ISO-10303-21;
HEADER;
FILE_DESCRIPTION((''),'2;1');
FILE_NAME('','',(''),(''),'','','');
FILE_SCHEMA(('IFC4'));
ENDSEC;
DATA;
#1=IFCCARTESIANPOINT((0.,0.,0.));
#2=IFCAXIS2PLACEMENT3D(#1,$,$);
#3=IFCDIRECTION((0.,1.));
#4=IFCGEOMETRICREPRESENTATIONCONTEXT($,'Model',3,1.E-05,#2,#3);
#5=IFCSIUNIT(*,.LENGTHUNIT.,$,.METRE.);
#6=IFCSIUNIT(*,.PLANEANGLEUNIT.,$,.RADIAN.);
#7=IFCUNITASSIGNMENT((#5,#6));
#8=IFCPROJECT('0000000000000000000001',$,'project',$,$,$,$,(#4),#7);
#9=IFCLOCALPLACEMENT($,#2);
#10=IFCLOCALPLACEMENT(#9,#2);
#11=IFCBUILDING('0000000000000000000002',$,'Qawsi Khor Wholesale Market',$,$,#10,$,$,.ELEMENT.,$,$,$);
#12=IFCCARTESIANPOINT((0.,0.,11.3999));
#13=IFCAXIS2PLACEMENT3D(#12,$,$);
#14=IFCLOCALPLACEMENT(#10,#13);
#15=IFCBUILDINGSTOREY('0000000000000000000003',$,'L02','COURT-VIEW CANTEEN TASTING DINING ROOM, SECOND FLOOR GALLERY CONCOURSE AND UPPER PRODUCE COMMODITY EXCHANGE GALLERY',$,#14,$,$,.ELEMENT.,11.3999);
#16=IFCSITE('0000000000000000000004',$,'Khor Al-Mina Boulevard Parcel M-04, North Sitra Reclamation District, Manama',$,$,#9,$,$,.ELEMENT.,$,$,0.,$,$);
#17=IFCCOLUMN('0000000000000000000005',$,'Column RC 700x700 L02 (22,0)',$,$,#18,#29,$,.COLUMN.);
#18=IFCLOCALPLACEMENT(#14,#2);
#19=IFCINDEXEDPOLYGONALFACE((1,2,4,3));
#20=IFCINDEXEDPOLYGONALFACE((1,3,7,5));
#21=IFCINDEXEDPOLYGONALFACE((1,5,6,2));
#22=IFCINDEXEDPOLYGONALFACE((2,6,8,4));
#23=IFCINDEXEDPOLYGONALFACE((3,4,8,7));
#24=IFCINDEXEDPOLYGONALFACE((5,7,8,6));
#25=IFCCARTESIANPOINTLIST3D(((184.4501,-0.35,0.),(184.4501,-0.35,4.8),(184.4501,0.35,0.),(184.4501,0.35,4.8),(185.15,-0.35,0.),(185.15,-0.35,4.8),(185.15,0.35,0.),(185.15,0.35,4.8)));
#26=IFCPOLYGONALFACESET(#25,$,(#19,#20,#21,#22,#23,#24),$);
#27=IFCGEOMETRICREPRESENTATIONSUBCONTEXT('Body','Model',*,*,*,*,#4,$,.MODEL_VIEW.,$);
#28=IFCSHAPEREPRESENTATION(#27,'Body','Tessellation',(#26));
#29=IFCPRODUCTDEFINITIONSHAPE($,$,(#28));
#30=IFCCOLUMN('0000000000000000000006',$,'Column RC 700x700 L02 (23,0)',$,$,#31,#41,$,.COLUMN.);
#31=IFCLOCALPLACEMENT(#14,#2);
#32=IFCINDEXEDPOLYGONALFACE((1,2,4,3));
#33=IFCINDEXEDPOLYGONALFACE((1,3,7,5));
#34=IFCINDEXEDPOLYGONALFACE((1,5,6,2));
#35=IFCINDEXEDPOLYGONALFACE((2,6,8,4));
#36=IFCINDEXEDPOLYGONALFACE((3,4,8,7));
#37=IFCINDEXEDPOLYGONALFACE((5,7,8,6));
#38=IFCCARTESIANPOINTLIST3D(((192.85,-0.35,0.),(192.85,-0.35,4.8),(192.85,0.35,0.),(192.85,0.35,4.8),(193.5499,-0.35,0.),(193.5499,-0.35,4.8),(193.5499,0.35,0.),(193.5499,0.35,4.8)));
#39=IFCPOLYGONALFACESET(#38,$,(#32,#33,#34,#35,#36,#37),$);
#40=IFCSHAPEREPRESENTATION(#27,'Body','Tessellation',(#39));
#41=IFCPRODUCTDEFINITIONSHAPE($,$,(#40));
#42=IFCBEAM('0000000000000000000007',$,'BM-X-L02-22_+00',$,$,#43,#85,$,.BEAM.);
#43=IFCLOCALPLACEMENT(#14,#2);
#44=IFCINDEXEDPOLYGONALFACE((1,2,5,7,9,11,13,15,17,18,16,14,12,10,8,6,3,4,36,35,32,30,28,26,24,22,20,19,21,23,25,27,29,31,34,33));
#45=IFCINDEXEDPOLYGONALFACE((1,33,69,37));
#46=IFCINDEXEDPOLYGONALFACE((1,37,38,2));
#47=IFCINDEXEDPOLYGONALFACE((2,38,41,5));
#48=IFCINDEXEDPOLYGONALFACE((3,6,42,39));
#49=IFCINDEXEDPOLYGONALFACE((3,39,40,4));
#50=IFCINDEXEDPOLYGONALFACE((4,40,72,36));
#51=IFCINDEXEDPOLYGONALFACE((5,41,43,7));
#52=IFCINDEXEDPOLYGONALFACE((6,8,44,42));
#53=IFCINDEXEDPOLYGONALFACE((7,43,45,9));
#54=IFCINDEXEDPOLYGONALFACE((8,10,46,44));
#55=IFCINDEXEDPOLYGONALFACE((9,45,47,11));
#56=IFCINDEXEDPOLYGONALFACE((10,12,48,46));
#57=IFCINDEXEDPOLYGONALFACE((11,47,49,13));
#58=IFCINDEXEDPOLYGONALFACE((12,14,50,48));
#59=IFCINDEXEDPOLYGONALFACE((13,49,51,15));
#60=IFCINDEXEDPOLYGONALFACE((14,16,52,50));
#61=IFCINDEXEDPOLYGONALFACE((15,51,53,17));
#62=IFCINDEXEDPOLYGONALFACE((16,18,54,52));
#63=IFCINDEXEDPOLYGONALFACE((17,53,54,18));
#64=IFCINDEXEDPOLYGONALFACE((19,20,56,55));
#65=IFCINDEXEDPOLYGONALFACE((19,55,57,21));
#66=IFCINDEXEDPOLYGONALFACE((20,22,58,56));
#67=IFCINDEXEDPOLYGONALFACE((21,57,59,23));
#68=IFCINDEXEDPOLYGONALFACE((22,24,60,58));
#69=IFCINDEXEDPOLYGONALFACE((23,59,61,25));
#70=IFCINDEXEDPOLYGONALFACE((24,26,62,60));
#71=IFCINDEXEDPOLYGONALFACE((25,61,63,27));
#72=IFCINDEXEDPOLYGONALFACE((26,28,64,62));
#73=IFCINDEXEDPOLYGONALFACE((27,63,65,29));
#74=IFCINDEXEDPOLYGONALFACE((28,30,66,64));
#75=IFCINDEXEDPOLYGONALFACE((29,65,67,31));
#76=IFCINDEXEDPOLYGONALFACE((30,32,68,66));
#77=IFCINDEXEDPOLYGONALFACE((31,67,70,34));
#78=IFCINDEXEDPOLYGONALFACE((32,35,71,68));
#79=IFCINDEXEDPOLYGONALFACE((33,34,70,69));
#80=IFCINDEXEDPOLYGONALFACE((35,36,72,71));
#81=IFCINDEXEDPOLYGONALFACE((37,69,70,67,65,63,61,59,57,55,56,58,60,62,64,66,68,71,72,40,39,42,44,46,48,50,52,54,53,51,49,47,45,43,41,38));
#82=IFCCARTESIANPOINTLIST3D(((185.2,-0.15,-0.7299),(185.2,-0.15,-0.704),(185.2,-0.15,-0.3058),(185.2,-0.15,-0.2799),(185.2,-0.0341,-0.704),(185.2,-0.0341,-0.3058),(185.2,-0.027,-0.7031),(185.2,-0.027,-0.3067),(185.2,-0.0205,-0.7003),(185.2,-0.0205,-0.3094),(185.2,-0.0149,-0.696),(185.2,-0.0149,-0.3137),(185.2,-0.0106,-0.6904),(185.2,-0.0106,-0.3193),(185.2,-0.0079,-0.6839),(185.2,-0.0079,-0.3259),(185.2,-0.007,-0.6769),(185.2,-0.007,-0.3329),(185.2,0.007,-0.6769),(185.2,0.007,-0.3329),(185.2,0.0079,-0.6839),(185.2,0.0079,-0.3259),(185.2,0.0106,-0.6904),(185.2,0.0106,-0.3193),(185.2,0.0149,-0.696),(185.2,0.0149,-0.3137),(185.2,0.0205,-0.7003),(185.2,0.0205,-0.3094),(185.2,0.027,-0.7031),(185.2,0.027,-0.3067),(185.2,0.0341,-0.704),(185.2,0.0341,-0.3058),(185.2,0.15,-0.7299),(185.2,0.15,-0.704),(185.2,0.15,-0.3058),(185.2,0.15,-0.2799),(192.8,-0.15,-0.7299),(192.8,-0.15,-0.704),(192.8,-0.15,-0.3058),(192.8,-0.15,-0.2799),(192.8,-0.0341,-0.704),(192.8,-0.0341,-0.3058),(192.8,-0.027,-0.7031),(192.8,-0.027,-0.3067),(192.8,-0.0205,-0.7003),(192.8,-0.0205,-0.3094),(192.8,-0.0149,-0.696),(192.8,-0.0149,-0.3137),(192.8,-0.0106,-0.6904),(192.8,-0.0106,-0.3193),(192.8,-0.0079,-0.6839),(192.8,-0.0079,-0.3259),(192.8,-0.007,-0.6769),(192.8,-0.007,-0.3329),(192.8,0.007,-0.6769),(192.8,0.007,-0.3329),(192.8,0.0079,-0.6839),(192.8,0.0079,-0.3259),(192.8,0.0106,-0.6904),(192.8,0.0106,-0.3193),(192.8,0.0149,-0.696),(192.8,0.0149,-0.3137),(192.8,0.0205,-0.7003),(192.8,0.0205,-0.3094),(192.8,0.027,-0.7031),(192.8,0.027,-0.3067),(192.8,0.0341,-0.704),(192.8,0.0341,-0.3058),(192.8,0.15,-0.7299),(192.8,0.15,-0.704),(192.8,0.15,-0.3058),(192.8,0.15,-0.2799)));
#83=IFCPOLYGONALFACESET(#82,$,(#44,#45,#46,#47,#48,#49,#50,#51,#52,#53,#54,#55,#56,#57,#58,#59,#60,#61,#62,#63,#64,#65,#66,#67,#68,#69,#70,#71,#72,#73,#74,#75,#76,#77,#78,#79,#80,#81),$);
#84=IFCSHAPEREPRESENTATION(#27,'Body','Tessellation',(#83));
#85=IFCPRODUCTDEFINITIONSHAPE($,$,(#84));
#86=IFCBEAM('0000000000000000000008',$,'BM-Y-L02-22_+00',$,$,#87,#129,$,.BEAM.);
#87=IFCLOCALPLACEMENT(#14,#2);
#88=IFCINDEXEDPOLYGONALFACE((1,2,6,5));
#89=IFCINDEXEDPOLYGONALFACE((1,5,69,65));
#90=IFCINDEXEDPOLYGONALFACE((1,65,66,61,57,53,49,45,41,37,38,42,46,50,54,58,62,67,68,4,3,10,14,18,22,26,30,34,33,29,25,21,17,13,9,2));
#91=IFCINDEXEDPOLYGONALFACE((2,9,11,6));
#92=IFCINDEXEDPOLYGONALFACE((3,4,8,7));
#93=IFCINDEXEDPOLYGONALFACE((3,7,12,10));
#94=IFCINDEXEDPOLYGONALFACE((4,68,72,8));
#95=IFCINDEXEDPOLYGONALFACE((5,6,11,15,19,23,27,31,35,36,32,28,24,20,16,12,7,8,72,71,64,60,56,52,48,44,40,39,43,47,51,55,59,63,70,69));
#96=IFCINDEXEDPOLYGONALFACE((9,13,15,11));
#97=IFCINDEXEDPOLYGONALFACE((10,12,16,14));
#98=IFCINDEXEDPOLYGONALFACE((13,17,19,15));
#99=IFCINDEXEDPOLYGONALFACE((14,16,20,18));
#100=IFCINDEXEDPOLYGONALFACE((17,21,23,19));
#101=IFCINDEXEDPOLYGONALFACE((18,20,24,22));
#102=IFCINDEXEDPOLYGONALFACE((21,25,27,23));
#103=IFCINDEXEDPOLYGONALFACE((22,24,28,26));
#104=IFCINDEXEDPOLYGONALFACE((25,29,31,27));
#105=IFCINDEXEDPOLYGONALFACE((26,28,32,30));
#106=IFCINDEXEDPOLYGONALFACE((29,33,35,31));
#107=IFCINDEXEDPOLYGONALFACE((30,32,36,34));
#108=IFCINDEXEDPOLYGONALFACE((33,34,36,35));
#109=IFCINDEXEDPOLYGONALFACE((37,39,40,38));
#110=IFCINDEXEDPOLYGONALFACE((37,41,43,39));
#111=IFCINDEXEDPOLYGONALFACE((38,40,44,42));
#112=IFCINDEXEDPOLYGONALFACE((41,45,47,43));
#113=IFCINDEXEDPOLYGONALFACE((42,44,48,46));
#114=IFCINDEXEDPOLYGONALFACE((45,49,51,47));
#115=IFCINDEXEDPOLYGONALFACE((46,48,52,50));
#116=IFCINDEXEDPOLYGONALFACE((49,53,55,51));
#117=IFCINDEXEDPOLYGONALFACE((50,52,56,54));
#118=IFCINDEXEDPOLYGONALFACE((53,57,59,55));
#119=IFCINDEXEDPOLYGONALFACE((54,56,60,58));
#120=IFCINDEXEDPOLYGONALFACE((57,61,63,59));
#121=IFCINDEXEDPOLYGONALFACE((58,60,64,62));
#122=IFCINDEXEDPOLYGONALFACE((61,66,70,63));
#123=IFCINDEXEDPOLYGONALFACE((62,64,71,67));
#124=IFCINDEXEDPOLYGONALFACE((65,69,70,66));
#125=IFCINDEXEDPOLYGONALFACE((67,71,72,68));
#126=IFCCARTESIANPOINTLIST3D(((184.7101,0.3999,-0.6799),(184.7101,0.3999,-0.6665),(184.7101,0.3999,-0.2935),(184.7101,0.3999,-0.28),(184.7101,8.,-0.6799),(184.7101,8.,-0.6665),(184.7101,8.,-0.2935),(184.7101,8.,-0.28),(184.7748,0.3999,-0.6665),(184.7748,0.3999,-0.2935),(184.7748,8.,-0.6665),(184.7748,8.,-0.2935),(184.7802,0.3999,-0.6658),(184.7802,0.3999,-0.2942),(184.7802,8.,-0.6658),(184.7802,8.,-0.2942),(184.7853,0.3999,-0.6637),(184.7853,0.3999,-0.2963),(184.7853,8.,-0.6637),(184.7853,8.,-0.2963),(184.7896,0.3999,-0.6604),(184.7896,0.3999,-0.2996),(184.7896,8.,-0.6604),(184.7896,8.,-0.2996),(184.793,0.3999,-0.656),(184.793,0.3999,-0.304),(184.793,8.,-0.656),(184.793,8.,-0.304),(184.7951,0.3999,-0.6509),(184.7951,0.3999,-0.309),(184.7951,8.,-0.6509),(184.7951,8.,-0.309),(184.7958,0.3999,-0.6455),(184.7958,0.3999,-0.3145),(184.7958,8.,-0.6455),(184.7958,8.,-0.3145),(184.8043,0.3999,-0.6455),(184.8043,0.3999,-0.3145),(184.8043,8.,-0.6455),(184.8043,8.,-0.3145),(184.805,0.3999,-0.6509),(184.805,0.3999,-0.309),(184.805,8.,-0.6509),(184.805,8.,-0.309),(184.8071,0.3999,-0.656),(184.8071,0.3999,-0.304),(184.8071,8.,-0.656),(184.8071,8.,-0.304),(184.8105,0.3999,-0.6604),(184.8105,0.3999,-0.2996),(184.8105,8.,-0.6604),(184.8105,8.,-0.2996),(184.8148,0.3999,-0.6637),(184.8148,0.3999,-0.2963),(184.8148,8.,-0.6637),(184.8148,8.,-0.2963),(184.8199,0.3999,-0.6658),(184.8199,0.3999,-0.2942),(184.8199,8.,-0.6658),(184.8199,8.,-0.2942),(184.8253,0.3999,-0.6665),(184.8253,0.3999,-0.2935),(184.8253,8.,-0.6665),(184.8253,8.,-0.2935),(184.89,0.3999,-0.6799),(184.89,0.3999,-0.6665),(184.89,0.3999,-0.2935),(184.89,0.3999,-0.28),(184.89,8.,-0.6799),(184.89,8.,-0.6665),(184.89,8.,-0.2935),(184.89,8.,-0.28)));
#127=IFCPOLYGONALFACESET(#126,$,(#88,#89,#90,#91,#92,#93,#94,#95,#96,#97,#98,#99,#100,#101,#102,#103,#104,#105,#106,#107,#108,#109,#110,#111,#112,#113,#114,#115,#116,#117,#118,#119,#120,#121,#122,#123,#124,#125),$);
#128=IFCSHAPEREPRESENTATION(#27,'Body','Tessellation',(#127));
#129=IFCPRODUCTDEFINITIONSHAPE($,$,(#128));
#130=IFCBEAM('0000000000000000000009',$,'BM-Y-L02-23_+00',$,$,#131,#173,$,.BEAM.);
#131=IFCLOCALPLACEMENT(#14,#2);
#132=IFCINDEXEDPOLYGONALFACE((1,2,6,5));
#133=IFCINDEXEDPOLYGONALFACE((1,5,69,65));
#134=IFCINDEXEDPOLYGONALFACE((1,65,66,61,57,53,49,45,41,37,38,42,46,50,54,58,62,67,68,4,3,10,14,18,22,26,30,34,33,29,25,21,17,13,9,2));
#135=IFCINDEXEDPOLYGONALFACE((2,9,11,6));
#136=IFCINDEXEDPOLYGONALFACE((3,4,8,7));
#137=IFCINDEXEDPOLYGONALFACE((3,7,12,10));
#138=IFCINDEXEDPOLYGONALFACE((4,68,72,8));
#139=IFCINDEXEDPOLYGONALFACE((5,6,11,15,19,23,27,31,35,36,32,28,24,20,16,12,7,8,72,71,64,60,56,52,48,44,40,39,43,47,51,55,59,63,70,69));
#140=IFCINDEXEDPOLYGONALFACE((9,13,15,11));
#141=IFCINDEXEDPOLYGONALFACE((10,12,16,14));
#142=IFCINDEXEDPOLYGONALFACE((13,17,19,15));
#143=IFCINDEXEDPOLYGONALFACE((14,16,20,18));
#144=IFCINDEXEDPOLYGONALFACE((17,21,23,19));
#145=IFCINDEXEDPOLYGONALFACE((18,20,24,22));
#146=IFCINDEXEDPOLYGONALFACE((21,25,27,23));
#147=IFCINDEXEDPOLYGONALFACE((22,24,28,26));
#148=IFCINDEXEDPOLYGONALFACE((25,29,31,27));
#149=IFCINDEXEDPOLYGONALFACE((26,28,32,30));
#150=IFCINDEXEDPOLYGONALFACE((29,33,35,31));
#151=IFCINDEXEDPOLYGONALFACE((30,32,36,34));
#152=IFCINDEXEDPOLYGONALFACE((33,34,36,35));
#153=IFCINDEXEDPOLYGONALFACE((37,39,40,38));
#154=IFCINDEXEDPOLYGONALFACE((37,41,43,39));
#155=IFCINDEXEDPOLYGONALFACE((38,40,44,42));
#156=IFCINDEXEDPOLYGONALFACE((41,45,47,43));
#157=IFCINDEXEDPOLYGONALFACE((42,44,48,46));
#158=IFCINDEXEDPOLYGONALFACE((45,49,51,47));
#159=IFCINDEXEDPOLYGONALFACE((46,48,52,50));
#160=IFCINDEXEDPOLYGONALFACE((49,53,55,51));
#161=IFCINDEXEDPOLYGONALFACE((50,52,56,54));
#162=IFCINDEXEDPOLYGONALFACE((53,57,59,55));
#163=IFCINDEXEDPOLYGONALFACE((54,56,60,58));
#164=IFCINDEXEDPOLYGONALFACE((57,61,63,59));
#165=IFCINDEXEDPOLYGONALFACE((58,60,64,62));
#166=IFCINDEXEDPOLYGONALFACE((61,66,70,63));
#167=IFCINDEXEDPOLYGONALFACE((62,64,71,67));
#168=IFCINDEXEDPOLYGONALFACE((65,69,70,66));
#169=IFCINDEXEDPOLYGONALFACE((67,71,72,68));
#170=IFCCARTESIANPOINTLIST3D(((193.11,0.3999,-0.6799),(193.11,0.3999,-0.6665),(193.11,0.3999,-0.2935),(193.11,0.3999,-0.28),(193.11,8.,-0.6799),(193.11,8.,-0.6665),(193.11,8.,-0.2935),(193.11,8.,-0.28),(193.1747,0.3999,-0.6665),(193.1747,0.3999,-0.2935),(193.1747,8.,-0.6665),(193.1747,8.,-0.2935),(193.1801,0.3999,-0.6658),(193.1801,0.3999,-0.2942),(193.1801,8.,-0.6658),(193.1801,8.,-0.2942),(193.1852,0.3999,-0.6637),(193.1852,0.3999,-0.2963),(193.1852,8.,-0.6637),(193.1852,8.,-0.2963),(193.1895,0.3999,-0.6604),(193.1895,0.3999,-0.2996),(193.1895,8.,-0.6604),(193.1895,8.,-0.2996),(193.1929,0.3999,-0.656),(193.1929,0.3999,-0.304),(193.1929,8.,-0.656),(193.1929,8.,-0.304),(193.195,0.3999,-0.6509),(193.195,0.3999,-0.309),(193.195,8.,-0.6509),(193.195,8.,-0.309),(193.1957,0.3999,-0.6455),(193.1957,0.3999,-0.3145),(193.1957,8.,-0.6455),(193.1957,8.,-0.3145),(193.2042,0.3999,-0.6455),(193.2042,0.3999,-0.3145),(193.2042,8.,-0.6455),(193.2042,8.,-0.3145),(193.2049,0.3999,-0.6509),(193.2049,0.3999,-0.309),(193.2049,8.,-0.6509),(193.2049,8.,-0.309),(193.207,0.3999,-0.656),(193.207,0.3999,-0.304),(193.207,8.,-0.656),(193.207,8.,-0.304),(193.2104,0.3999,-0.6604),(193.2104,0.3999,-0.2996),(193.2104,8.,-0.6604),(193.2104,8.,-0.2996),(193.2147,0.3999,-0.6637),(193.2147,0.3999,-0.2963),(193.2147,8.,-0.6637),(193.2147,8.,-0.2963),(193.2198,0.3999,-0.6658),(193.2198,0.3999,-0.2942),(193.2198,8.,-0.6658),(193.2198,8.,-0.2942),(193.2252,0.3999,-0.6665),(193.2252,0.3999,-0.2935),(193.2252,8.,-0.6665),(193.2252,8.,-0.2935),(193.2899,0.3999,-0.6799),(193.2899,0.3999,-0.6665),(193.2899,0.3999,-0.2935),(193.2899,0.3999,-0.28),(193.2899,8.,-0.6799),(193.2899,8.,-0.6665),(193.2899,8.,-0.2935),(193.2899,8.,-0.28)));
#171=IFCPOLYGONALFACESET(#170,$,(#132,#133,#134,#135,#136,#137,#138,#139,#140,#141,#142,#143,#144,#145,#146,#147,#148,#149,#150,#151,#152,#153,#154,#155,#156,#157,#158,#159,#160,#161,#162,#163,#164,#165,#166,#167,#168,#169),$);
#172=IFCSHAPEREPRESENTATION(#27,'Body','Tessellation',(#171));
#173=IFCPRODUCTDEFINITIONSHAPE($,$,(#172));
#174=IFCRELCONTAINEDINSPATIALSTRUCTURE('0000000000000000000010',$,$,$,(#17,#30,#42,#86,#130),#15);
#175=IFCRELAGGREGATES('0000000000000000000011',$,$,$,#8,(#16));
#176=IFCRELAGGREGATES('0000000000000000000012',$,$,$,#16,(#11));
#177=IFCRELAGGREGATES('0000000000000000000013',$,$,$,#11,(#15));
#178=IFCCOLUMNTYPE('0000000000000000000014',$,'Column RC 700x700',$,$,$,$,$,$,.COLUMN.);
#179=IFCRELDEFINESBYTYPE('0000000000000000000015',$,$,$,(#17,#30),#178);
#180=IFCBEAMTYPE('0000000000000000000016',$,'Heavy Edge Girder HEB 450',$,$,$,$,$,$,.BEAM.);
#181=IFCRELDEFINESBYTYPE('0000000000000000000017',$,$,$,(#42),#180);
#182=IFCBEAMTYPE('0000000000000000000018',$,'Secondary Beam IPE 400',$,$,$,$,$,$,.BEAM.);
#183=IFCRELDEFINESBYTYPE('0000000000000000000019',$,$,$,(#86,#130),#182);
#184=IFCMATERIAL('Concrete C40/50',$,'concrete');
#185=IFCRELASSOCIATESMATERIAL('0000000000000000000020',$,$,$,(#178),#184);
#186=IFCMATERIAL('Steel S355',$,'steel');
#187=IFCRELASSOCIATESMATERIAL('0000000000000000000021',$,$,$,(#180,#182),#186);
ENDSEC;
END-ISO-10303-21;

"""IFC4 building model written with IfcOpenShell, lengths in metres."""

from ifc_helpers import new_model, si_unit, direction, frame, origin, origin_2d, place, context, subcontext, project, spatial, rectangle, i_section, extrude, material, material_profile, profile_set, type_object, element, save


model = new_model("IFC4")

# Units and contexts
model_context = context("Model", 3, precision=1e-05, world=origin(), true_north=direction((0.0, 1.0)))
body_context = subcontext(model_context, "Body", "Model", "MODEL_VIEW")
ifc_project = project(units=[si_unit("LENGTHUNIT", "METRE"), si_unit("PLANEANGLEUNIT", "RADIAN")], contexts=[model_context])

# Site, building, storey
site_placement = place(None, origin())
site = spatial("IfcSite", under=ifc_project, at=site_placement, Name="Khor Al-Mina Boulevard Parcel M-04, North Sitra Reclamation District, Manama", CompositionType="ELEMENT", RefElevation=0.0)
building_placement = place(site_placement, origin())
building = spatial("IfcBuilding", under=site, at=building_placement, Name="Qawsi Khor Wholesale Market", CompositionType="ELEMENT")
storey_placement = place(building_placement, frame((0.0, 0.0, 11.3999)))
storey = spatial("IfcBuildingStorey", under=building, at=storey_placement, Name="L02", Description="COURT-VIEW CANTEEN TASTING DINING ROOM, SECOND FLOOR GALLERY CONCOURSE AND UPPER PRODUCE COMMODITY EXCHANGE GALLERY", CompositionType="ELEMENT", Elevation=11.3999)

# Columns
ifc_material_1 = material(Name="Concrete C40/50", Category="concrete")
ifc_material_profile_1 = material_profile(ifc_material_1, rectangle(XDim=0.7, YDim=0.7, at=origin_2d()), Name="RC 700x700")
ifc_profile_set_1 = profile_set([ifc_material_profile_1], Name="Concrete C40/50")
column_type = type_object("IfcColumnType", Name="Column RC 700x700", PredefinedType="COLUMN", material=ifc_profile_set_1)
for number, where, z_axis, x_axis, name in (
    (1, (184.8, 0.0, 0.0), (0.0, 0.0, 1.0), (1.0, 0.0, 0.0), "Column RC 700x700 L02 (22,0)"),
    (2, (193.2, 0.0, 0.0), (0.0, 0.0, 1.0), (1.0, 0.0, 0.0), "Column RC 700x700 L02 (23,0)"),
):
    element("IfcColumn", number, at=place(storey_placement, frame(where, z_axis=z_axis, x_axis=x_axis)), inside=storey, type_object=column_type, Name=name, PredefinedType="COLUMN", context=body_context, shape_type="SweptSolid", body=[
        extrude(rectangle(XDim=0.7, YDim=0.7, at=origin_2d()), origin(), (0.0, 0.0, 1.0), 4.8),
    ])

# Beams
ifc_material_2 = material(Name="Steel S355", Category="steel")
ifc_material_profile_2 = material_profile(ifc_material_2, i_section(OverallWidth=0.3, OverallDepth=0.45, WebThickness=0.0139, FlangeThickness=0.0259, FilletRadius=0.0271, at=origin_2d()), Name="HEB 450")
ifc_profile_set_2 = profile_set([ifc_material_profile_2], Name="Steel S355")
beam_type_1 = type_object("IfcBeamType", Name="Heavy Edge Girder HEB 450", PredefinedType="BEAM", material=ifc_profile_set_2)
beam_1_placement = place(storey_placement, frame((185.2, 0.0, -0.5049), z_axis=(1.0, 0.0, 0.0), x_axis=(0.0, 1.0, 0.0)))
element("IfcBeam", 3, at=beam_1_placement, inside=storey, type_object=beam_type_1, Name="BM-X-L02-22_+00", PredefinedType="BEAM", context=body_context, shape_type="SweptSolid", body=[
    extrude(i_section(OverallWidth=0.3, OverallDepth=0.45, WebThickness=0.0139, FlangeThickness=0.0259, FilletRadius=0.0271, at=origin_2d()), origin(), (0.0, 0.0, 1.0), 7.6001),
])
ifc_material_profile_3 = material_profile(ifc_material_2, i_section(OverallWidth=0.1799, OverallDepth=0.3999, WebThickness=0.0085, FlangeThickness=0.0134, FilletRadius=0.021, at=origin_2d()), Name="IPE 400")
ifc_profile_set_3 = profile_set([ifc_material_profile_3], Name="Steel S355")
beam_type_2 = type_object("IfcBeamType", Name="Secondary Beam IPE 400", PredefinedType="BEAM", material=ifc_profile_set_3)
for number, where, z_axis, x_axis, name in (
    (4, (184.8, 0.3999, -0.48), (0.0, 1.0, 0.0), (-1.0, 0.0, 0.0), "BM-Y-L02-22_+00"),
    (5, (193.2, 0.3999, -0.48), (0.0, 1.0, 0.0), (-1.0, 0.0, 0.0), "BM-Y-L02-23_+00"),
):
    element("IfcBeam", number, at=place(storey_placement, frame(where, z_axis=z_axis, x_axis=x_axis)), inside=storey, type_object=beam_type_2, Name=name, PredefinedType="BEAM", context=body_context, shape_type="SweptSolid", body=[
        extrude(i_section(OverallWidth=0.1799, OverallDepth=0.3999, WebThickness=0.0085, FlangeThickness=0.0134, FilletRadius=0.021, at=origin_2d()), origin(), (0.0, 0.0, 1.0), 7.6001),
    ])

save(model, "model.ifc")
